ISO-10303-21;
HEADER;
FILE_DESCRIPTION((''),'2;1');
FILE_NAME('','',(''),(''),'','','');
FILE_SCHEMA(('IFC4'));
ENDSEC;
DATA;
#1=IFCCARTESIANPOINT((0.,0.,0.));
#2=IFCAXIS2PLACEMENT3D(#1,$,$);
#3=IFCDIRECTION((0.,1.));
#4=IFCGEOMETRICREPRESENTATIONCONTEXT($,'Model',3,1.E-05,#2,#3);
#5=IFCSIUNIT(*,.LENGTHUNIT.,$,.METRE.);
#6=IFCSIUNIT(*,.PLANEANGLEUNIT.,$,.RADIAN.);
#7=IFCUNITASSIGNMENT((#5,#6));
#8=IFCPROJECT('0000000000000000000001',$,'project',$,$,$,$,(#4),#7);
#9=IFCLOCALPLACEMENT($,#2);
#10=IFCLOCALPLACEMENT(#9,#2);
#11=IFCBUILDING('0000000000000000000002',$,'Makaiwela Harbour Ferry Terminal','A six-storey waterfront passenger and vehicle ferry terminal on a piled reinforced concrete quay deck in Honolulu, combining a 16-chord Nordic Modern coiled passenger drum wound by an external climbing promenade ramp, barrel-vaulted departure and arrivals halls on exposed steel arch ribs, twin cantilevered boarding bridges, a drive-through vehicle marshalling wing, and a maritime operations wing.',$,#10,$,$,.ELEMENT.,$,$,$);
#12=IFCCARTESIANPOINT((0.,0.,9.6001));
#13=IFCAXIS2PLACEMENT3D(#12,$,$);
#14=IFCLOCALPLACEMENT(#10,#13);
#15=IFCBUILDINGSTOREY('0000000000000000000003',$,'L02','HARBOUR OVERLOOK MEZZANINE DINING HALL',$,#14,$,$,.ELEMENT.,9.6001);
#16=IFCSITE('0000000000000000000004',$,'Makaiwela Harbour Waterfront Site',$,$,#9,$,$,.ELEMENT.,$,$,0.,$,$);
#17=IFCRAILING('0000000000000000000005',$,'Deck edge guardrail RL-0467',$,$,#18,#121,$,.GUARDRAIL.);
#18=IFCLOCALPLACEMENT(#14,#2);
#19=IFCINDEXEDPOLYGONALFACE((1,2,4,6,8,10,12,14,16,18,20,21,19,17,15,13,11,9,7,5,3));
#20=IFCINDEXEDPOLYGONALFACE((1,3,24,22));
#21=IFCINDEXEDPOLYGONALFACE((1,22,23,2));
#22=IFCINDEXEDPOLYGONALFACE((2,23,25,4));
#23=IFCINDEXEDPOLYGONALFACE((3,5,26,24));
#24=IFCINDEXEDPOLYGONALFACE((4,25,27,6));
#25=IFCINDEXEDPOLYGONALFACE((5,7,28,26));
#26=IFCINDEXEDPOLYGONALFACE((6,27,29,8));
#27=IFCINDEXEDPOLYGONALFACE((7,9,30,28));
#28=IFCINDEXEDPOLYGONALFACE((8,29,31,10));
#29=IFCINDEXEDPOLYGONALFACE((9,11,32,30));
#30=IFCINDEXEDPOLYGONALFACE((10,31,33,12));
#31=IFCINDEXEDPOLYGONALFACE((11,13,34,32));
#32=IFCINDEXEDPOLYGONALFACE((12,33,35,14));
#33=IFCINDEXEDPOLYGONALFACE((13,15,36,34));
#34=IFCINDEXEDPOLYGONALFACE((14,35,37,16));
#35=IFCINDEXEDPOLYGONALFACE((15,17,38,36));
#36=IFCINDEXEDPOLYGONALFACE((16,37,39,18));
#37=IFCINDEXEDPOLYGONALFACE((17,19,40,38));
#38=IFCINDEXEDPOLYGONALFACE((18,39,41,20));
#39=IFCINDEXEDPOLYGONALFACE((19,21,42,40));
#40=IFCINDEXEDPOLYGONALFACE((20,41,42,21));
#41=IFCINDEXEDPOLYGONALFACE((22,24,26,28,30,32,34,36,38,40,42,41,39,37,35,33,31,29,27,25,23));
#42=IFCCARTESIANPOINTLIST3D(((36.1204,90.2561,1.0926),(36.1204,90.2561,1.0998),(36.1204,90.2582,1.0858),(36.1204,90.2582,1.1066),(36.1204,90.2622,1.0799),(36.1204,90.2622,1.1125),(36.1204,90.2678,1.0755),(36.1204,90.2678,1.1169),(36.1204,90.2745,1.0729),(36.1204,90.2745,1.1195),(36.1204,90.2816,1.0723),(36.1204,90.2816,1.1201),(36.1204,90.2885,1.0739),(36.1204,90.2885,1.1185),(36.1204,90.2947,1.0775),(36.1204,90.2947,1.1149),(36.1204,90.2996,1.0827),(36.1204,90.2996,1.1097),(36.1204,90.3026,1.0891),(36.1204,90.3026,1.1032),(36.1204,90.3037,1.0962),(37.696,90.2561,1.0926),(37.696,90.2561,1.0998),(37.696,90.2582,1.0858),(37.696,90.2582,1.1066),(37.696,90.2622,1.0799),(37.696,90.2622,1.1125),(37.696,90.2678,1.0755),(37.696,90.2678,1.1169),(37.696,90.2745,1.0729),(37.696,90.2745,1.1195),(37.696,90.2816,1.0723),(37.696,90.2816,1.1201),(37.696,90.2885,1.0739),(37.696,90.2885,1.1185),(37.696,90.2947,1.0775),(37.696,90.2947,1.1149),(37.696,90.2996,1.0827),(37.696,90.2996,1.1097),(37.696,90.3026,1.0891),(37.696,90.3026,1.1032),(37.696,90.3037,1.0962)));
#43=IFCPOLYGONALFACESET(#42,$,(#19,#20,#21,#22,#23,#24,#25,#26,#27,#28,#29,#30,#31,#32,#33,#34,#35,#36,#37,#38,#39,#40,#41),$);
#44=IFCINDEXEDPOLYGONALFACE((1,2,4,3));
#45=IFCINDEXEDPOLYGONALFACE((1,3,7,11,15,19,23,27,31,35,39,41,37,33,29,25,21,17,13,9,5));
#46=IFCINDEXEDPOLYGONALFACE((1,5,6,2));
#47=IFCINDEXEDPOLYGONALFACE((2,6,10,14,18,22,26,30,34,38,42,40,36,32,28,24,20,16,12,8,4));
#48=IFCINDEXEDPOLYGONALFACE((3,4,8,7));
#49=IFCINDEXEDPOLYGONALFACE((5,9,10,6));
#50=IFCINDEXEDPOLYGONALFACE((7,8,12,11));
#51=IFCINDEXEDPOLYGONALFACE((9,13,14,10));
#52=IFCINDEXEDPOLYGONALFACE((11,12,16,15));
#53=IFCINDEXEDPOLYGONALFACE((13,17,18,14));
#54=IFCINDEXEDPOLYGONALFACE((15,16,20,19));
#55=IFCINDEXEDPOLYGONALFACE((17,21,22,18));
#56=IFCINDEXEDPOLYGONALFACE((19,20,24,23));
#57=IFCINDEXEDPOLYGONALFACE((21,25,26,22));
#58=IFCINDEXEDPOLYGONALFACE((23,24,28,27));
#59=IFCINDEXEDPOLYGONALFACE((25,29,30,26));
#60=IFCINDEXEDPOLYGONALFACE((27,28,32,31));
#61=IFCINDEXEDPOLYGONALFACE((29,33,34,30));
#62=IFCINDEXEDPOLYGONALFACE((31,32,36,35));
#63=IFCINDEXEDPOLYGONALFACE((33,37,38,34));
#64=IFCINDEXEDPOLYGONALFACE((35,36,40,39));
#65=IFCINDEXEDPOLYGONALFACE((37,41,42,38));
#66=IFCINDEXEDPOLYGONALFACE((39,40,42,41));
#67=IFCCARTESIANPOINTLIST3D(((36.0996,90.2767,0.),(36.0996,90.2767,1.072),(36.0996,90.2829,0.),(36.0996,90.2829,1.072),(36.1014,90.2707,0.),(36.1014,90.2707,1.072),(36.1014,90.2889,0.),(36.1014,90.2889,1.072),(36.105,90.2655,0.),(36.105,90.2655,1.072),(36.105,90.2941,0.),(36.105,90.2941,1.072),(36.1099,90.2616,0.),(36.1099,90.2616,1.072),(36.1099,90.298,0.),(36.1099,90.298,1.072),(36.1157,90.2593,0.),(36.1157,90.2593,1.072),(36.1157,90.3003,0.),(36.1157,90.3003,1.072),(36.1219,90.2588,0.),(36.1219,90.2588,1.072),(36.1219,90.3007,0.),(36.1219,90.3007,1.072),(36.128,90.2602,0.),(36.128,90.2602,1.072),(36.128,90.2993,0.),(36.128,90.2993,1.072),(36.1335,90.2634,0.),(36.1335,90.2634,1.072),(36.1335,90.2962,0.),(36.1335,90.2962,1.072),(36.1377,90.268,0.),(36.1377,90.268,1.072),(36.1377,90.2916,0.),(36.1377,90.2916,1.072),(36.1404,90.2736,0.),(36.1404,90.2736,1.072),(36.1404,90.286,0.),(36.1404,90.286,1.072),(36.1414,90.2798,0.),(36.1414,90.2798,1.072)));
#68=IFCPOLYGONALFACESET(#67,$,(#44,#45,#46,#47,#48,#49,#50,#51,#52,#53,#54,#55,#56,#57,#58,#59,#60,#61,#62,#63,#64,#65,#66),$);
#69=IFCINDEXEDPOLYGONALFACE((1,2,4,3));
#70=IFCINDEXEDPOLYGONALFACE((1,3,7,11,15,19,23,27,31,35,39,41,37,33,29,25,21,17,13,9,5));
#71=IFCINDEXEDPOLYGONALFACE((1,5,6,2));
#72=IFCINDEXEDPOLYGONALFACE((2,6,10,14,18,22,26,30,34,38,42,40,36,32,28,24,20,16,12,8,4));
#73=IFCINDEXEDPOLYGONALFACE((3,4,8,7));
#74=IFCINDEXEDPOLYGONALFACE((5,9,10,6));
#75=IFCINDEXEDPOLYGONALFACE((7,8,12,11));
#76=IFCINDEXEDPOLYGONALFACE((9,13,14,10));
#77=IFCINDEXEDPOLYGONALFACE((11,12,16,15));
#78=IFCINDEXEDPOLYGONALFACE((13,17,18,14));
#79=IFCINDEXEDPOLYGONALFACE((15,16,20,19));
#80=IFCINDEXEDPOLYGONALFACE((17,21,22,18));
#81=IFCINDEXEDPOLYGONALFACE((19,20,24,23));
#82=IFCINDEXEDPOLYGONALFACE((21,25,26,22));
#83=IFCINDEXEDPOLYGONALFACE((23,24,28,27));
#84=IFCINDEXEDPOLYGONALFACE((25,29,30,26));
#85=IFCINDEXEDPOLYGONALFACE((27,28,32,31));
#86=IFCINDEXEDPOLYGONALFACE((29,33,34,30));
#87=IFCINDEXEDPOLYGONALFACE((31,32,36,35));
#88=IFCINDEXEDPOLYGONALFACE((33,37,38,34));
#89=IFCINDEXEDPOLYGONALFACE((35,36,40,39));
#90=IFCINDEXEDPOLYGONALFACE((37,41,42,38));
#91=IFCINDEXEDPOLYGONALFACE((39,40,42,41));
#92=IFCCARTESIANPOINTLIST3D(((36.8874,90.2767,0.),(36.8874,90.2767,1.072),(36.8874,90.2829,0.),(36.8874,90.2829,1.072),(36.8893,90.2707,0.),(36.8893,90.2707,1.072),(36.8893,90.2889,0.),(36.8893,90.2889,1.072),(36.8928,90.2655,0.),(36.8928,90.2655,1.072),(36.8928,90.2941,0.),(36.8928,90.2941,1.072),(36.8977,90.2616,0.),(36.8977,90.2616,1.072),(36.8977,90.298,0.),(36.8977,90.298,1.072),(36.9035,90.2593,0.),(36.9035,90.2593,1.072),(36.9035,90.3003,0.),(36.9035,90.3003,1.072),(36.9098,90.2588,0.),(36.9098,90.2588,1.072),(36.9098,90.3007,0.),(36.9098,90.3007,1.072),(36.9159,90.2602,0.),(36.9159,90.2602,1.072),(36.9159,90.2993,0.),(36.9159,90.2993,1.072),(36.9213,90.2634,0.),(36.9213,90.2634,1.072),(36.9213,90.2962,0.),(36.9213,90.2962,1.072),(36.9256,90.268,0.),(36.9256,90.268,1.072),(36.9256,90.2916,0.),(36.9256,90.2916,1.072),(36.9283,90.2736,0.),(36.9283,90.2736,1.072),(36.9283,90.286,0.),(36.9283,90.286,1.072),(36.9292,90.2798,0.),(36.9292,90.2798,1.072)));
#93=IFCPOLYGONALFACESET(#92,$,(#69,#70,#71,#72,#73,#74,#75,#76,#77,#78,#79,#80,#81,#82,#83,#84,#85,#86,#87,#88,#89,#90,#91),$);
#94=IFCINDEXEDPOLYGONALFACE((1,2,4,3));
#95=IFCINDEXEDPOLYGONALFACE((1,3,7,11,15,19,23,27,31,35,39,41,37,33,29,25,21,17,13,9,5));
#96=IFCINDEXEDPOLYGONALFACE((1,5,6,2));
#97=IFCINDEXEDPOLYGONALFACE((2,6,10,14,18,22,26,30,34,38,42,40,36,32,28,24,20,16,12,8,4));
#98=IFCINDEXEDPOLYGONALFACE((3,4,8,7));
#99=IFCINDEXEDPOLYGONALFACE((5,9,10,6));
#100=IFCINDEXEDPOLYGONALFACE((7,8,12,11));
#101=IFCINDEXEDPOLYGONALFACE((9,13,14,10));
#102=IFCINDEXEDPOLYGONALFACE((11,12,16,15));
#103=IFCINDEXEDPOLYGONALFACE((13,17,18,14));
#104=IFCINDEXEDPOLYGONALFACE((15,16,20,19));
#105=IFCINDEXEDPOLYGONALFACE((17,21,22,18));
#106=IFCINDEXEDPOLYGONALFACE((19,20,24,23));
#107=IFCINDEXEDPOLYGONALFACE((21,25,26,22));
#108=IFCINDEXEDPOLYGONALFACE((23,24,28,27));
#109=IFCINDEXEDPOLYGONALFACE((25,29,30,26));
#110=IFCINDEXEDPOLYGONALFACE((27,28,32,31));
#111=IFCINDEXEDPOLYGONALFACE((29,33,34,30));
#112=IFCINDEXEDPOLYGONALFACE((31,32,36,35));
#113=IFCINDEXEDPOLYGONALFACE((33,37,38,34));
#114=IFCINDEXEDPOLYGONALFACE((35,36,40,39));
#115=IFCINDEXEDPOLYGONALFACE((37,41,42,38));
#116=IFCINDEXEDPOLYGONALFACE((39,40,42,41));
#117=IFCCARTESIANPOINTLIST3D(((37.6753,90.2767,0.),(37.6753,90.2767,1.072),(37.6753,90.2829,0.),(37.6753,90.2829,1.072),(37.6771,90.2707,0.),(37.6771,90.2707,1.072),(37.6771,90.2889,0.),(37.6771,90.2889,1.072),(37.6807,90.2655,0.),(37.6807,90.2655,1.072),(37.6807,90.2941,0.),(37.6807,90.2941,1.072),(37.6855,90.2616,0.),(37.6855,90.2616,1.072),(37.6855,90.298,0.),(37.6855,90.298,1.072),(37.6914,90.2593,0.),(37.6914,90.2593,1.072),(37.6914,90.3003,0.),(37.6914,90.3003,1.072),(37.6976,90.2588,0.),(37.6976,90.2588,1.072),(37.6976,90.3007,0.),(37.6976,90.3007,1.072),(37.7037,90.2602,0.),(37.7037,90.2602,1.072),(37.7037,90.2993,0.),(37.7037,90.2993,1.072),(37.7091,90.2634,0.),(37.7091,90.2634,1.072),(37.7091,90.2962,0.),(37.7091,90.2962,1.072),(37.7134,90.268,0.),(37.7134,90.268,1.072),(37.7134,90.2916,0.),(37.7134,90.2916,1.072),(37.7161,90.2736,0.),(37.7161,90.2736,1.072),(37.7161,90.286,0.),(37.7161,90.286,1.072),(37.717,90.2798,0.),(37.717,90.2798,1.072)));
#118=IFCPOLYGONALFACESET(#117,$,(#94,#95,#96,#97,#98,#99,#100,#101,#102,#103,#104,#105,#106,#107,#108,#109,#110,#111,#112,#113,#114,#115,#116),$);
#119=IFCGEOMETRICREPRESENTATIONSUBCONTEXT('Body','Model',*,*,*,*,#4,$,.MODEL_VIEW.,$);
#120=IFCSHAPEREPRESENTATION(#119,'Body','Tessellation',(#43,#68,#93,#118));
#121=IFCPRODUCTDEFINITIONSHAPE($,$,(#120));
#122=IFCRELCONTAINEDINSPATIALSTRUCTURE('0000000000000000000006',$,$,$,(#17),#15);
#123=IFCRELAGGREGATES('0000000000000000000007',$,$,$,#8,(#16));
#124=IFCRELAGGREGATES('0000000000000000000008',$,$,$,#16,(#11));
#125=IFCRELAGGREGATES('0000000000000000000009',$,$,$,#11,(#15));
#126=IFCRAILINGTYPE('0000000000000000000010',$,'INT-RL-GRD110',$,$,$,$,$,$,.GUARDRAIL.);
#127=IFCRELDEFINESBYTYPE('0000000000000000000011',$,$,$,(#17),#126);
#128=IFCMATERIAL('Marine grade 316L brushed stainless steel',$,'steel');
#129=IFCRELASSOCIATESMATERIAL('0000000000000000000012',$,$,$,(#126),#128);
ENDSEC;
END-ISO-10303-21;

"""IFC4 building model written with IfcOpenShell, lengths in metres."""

from ifc_helpers import new_model, si_unit, direction, frame, origin, origin_2d, place, context, subcontext, project, spatial, circle, extrude, material, type_object, element, save


model = new_model("IFC4")

# Units and contexts
model_context = context("Model", 3, precision=1e-05, world=origin(), true_north=direction((0.0, 1.0)))
body_context = subcontext(model_context, "Body", "Model", "MODEL_VIEW")
ifc_project = project(units=[si_unit("LENGTHUNIT", "METRE"), si_unit("PLANEANGLEUNIT", "RADIAN")], contexts=[model_context])

# Site, building, storey
site_placement = place(None, origin())
site = spatial("IfcSite", under=ifc_project, at=site_placement, Name="Makaiwela Harbour Waterfront Site", CompositionType="ELEMENT", RefElevation=0.0)
building_placement = place(site_placement, origin())
building = spatial("IfcBuilding", under=site, at=building_placement, Name="Makaiwela Harbour Ferry Terminal", Description="A six-storey waterfront passenger and vehicle ferry terminal on a piled reinforced concrete quay deck in Honolulu, combining a 16-chord Nordic Modern coiled passenger drum wound by an external climbing promenade ramp, barrel-vaulted departure and arrivals halls on exposed steel arch ribs, twin cantilevered boarding bridges, a drive-through vehicle marshalling wing, and a maritime operations wing.", CompositionType="ELEMENT")
storey_placement = place(building_placement, frame((0.0, 0.0, 9.6001)))
storey = spatial("IfcBuildingStorey", under=building, at=storey_placement, Name="L02", Description="HARBOUR OVERLOOK MEZZANINE DINING HALL", CompositionType="ELEMENT", Elevation=9.6001)

# Railing
ifc_material_1 = material(Name="Marine grade 316L brushed stainless steel", Category="steel")
railing_type = type_object("IfcRailingType", Name="INT-RL-GRD110", PredefinedType="GUARDRAIL", material=ifc_material_1)
railing_1_placement = place(storey_placement, frame((36.1204, 90.2798, 0.0)))
element("IfcRailing", 1, at=railing_1_placement, inside=storey, type_object=railing_type, Name="Deck edge guardrail RL-0467", PredefinedType="GUARDRAIL", context=body_context, shape_type="SweptSolid", body=[
    extrude(circle(Radius=0.0239, at=origin_2d()), frame((0.0, 0.0, 1.0962), z_axis=(1.0, 0.0, 0.0), x_axis=(0.0, 1.0, 0.0)), (0.0, 0.0, 1.0), 1.5757),
    extrude(circle(Radius=0.021, at=origin_2d()), origin(), (0.0, 0.0, 1.0), 1.072),
    extrude(circle(Radius=0.021, at=origin_2d()), frame((0.7878, 0.0, 0.0)), (0.0, 0.0, 1.0), 1.072),
    extrude(circle(Radius=0.021, at=origin_2d()), frame((1.5757, 0.0, 0.0)), (0.0, 0.0, 1.0), 1.072),
])

save(model, "model.ifc")
